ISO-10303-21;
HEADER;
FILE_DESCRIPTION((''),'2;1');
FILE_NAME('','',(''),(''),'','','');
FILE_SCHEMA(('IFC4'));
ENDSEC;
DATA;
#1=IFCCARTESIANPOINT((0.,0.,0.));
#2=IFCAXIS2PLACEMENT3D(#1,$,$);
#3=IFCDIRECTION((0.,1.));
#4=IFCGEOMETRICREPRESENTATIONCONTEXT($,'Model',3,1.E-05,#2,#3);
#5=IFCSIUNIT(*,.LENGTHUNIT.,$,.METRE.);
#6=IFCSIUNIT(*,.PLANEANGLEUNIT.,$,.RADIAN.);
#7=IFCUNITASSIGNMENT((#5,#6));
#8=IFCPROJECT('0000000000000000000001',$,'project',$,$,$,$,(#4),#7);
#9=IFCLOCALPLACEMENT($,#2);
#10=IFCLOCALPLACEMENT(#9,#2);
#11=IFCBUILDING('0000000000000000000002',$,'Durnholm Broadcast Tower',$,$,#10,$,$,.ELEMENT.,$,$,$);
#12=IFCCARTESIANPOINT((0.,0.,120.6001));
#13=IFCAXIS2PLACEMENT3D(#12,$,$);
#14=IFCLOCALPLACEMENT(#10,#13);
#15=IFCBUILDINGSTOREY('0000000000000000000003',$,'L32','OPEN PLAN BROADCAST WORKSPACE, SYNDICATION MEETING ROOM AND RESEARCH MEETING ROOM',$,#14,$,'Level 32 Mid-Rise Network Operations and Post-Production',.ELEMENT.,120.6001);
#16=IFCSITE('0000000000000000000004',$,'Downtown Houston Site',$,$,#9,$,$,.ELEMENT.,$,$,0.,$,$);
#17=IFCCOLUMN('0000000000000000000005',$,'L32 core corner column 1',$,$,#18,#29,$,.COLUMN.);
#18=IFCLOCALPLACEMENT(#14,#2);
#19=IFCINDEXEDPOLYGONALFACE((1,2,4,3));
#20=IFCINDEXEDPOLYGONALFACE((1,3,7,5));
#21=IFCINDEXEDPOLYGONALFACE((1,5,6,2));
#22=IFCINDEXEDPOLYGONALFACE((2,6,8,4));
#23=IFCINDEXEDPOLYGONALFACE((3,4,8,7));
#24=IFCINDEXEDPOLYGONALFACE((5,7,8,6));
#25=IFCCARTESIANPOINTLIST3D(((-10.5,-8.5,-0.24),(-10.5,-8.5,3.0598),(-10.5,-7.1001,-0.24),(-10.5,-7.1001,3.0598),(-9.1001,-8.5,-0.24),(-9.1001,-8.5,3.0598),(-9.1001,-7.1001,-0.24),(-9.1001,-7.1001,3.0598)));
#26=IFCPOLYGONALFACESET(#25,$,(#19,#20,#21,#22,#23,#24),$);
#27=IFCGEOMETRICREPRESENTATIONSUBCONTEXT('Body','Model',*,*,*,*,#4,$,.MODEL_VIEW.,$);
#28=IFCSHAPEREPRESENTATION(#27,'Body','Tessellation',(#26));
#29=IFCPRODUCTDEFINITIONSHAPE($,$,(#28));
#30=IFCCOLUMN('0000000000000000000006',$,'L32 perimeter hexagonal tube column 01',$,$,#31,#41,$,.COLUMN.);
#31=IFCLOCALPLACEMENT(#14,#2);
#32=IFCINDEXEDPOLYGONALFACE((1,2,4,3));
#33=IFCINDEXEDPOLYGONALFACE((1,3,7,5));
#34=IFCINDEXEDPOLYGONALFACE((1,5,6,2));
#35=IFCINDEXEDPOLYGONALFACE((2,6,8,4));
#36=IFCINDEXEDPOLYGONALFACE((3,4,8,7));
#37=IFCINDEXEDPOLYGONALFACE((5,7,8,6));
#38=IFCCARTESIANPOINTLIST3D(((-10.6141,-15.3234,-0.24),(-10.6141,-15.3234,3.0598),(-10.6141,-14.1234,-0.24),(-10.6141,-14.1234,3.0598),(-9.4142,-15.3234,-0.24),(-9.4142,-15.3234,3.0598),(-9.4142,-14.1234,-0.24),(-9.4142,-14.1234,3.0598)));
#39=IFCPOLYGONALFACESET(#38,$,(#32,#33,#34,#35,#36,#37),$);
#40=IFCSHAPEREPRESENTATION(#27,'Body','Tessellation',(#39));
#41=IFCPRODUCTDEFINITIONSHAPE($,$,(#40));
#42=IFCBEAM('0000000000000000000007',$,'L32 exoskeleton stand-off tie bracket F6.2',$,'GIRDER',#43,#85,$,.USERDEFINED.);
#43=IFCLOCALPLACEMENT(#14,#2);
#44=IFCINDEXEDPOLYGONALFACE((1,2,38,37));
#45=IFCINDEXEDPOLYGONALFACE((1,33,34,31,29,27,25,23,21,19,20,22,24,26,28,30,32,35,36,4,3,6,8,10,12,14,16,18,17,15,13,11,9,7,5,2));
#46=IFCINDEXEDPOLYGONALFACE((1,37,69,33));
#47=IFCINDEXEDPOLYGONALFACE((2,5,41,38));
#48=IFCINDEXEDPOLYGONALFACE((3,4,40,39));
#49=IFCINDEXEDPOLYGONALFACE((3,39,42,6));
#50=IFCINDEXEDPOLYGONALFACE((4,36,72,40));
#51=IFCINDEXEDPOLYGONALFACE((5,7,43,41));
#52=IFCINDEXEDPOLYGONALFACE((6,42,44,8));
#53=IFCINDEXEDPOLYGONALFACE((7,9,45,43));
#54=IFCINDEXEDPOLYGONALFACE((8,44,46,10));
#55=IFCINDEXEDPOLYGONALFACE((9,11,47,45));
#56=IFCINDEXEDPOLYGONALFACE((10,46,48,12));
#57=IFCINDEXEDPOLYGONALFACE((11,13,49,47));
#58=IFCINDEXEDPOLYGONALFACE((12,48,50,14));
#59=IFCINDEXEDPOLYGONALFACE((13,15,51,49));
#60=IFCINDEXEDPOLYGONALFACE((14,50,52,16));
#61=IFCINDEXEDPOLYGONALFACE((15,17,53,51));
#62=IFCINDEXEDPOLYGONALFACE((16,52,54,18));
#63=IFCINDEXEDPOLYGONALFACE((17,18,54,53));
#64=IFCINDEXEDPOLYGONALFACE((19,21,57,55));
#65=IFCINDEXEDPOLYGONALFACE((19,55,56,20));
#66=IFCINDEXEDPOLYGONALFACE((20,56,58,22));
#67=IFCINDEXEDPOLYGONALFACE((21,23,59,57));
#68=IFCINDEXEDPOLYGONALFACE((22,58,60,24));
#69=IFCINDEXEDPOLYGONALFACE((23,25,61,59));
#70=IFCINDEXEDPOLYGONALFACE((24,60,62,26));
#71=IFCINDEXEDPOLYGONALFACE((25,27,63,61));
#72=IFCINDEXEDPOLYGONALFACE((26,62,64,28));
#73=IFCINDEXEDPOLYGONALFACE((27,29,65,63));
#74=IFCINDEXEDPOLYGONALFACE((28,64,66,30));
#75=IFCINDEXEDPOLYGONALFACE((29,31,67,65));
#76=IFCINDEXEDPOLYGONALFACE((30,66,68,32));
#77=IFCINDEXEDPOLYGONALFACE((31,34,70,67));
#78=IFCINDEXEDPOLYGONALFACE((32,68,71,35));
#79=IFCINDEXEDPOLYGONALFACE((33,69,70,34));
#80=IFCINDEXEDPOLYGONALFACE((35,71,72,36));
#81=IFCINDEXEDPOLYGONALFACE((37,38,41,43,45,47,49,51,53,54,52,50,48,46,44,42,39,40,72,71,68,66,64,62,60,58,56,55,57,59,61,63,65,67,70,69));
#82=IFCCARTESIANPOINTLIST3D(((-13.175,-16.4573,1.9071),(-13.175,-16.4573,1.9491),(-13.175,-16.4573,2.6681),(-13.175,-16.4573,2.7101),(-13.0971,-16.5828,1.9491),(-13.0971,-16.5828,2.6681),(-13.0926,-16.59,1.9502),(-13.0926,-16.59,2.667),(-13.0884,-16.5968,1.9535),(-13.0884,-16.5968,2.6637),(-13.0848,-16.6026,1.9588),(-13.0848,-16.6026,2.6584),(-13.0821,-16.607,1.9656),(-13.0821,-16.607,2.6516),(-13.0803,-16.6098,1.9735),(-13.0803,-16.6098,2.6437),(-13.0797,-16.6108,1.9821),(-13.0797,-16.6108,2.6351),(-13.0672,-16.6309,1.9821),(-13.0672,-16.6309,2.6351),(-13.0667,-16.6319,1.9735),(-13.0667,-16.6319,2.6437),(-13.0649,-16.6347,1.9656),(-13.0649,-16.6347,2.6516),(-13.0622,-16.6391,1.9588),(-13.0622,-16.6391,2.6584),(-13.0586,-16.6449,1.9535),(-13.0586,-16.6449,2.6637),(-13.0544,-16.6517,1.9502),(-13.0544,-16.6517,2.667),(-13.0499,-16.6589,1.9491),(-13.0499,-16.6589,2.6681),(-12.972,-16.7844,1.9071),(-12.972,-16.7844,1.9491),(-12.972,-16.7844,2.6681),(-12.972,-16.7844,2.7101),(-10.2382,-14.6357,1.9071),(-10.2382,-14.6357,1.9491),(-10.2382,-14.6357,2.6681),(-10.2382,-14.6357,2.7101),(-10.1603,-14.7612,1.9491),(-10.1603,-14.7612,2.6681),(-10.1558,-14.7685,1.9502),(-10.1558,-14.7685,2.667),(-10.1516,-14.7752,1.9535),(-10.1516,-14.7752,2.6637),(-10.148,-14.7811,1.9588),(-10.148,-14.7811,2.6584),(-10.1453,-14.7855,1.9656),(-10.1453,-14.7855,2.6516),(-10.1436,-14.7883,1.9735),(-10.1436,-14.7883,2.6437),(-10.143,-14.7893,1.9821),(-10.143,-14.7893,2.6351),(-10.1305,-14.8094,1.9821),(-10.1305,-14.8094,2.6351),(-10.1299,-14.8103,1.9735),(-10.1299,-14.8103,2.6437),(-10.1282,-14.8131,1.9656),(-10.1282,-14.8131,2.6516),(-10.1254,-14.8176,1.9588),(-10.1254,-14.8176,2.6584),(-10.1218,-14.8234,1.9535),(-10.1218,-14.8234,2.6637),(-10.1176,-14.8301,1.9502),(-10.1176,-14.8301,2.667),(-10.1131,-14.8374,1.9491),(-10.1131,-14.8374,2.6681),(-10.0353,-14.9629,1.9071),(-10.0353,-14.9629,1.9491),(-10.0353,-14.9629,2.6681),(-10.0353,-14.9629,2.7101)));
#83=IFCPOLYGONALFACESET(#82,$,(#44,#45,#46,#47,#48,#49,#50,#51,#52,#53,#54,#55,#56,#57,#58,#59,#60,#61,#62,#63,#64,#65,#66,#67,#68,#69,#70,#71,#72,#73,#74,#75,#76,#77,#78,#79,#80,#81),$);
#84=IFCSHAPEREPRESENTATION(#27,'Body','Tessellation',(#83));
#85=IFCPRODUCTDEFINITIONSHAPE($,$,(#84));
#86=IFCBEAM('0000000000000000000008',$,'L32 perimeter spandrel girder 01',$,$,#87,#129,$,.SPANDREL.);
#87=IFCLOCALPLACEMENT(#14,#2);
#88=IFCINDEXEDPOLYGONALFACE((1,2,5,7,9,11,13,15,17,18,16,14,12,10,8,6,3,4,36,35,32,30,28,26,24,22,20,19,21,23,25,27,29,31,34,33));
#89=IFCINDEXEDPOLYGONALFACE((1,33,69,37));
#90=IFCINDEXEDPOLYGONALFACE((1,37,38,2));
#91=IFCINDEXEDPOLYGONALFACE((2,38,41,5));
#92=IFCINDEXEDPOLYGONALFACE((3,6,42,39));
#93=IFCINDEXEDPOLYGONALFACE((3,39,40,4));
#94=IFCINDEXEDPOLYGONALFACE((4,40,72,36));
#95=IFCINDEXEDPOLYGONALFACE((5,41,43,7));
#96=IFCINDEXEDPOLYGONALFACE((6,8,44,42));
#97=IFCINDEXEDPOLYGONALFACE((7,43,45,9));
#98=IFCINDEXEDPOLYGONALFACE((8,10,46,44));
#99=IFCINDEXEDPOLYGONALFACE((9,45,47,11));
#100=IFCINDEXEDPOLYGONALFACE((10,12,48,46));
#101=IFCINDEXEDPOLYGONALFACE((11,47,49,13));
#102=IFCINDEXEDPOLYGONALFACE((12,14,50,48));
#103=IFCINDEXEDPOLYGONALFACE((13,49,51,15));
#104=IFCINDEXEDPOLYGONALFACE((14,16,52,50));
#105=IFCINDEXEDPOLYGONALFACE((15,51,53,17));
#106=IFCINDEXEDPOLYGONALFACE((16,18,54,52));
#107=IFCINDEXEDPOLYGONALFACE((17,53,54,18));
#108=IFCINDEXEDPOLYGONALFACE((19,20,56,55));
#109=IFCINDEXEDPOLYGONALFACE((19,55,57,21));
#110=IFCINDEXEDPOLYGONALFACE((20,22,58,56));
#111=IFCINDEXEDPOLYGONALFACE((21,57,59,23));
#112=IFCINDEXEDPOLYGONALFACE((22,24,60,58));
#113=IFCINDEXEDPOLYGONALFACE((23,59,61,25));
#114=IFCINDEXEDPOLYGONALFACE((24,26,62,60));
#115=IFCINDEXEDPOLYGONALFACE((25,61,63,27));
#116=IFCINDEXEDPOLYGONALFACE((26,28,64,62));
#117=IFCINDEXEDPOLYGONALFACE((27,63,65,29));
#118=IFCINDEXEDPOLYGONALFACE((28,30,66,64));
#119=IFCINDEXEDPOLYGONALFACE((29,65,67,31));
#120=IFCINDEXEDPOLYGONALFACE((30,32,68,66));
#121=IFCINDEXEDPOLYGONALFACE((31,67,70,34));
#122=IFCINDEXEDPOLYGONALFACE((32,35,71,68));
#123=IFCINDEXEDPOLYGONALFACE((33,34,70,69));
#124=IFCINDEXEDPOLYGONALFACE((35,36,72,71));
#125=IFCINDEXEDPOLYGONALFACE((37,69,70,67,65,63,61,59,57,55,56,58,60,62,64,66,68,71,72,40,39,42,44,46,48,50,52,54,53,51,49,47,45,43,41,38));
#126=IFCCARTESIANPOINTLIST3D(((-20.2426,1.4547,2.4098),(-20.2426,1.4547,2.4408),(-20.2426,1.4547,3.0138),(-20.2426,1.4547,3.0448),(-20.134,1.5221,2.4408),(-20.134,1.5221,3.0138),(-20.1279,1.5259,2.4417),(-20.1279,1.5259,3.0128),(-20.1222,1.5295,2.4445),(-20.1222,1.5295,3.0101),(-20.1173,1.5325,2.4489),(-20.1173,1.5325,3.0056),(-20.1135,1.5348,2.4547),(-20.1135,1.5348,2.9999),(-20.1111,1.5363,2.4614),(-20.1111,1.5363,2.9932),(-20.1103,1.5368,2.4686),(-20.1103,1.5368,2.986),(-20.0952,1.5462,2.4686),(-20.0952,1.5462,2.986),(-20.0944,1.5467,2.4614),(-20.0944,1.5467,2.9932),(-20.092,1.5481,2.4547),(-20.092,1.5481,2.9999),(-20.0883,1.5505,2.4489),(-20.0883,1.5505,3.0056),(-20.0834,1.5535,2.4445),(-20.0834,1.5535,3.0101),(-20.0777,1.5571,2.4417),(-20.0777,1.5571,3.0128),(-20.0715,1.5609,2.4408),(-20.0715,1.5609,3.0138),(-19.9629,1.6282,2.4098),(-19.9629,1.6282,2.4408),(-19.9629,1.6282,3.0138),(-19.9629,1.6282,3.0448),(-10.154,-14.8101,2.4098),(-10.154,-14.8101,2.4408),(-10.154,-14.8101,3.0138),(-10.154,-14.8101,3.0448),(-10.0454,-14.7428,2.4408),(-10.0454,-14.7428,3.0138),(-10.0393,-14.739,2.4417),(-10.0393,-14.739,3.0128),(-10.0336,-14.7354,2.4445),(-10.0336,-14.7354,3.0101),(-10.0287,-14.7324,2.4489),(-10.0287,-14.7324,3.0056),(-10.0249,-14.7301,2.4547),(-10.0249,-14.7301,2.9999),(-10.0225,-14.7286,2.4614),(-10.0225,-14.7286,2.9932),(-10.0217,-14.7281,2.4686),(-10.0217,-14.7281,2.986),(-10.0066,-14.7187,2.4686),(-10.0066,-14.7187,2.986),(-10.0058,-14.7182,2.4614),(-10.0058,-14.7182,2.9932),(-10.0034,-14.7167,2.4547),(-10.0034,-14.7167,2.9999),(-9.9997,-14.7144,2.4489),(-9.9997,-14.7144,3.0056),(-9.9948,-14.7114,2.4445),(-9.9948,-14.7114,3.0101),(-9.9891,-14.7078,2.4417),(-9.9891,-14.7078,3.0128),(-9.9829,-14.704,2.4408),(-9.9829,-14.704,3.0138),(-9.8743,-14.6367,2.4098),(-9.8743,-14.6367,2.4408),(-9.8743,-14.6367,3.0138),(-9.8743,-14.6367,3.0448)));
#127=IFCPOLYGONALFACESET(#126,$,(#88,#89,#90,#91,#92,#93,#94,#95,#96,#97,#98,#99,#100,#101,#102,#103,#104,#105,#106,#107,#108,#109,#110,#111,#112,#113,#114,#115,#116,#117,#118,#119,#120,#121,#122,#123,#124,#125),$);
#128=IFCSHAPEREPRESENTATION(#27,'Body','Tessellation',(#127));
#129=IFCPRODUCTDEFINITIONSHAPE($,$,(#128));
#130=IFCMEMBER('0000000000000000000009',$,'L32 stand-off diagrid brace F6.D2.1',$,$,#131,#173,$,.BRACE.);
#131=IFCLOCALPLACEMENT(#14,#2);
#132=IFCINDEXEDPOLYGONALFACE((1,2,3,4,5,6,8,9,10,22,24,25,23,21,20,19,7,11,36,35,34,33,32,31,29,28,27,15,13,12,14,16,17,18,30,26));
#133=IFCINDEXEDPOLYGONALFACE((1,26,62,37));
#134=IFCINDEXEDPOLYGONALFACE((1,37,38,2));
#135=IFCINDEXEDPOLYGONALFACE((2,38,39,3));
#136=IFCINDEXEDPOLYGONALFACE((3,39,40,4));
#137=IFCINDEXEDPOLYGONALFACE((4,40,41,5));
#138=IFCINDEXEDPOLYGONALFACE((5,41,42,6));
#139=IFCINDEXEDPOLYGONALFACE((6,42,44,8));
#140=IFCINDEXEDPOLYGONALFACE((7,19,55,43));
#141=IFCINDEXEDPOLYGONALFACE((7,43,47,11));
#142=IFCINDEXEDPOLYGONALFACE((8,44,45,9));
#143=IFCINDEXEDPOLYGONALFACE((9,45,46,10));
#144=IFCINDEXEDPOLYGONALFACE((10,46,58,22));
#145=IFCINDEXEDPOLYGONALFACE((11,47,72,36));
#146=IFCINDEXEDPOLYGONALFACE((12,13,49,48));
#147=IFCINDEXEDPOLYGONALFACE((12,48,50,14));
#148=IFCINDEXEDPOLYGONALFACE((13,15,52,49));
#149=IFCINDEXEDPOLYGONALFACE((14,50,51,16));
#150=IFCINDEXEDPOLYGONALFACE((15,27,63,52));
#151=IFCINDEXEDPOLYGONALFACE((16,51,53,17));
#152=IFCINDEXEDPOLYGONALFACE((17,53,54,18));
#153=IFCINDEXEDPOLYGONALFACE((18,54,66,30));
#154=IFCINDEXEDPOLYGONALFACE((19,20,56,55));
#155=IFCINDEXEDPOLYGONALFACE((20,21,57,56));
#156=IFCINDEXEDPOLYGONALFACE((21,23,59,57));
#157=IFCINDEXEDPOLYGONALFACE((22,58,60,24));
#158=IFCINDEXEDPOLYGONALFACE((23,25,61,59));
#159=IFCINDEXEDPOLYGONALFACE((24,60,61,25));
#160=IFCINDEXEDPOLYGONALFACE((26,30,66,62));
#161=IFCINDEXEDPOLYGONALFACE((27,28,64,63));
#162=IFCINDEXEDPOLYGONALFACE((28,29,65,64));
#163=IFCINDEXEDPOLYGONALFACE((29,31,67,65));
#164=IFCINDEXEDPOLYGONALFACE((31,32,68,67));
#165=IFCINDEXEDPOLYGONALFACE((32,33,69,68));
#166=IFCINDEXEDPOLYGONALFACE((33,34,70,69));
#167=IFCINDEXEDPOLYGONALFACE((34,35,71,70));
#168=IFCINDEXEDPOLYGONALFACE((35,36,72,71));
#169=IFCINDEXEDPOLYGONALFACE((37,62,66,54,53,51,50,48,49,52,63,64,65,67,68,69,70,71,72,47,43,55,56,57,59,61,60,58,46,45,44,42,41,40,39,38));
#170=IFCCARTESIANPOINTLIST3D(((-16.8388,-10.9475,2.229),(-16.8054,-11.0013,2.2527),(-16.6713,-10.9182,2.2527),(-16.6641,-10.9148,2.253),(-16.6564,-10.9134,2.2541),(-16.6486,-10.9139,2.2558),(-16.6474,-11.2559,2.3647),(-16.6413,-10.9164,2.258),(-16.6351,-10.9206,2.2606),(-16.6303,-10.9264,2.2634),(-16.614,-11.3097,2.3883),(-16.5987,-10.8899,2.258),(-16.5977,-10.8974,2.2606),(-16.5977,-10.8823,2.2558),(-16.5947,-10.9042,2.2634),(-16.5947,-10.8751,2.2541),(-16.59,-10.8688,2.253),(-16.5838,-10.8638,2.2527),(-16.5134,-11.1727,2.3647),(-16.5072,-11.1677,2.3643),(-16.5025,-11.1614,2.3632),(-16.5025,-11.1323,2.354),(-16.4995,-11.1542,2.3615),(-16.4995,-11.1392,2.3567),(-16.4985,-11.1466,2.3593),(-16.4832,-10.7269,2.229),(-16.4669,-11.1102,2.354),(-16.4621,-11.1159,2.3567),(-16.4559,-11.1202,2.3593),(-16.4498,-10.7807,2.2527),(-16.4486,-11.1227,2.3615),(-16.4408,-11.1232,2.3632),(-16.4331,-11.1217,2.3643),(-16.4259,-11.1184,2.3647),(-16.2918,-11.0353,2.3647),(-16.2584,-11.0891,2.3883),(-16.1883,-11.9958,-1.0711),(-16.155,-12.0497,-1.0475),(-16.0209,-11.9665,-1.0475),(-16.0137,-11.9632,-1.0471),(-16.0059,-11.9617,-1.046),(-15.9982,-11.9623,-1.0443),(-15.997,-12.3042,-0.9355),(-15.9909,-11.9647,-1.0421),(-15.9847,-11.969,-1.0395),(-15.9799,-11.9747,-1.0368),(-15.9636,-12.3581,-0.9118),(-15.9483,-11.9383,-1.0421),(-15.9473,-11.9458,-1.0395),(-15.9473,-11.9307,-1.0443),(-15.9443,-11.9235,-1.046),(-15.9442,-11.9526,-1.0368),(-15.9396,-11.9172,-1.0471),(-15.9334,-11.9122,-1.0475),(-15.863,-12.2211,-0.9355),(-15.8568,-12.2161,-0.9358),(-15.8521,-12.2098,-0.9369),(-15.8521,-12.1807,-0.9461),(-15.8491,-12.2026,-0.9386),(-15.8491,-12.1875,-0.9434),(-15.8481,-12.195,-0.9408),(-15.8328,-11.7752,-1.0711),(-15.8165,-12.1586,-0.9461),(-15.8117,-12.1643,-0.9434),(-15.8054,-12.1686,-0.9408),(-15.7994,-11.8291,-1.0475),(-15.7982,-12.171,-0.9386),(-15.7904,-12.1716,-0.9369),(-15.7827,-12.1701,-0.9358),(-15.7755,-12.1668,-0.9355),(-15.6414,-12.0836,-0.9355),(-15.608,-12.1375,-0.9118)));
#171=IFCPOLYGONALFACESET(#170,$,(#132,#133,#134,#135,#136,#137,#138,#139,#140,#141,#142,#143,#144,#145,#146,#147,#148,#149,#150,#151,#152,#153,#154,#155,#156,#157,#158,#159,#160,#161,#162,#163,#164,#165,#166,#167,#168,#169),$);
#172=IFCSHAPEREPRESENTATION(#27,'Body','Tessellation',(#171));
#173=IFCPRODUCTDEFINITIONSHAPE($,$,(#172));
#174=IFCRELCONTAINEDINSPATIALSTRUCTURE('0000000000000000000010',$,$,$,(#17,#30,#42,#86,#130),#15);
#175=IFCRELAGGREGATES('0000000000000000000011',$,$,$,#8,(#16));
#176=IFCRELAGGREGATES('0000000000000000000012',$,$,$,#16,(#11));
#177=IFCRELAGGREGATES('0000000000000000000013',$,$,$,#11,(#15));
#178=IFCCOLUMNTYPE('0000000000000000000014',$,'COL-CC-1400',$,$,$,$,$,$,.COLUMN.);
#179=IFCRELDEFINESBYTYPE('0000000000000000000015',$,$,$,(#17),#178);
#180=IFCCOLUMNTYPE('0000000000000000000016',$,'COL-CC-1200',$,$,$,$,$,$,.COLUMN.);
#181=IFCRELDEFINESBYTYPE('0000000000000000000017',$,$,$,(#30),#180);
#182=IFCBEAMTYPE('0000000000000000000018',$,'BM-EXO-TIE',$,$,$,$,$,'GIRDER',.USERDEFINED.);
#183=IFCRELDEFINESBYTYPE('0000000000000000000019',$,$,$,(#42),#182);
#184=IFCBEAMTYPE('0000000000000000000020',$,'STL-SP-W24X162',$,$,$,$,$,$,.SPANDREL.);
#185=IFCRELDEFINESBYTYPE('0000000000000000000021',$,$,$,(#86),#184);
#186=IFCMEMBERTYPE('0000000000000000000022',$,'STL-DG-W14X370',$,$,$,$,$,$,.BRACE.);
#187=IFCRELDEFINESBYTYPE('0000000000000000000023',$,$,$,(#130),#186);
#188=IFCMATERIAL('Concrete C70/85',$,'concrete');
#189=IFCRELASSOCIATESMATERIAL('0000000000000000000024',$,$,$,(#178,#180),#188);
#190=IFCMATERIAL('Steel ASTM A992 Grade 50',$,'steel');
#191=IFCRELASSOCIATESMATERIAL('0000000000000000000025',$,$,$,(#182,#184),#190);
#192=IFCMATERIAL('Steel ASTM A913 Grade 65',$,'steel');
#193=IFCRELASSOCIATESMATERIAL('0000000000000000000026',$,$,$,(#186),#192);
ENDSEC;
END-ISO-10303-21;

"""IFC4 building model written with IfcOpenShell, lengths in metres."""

from ifc_helpers import new_model, si_unit, direction, frame, origin, origin_2d, place, context, subcontext, project, spatial, rectangle, i_section, extrude, source, transform, mapped, material, material_profile, profile_set, type_object, type_shapes, element, save


model = new_model("IFC4")

# Units and contexts
model_context = context("Model", 3, precision=1e-05, world=origin(), true_north=direction((0.0, 1.0)))
body_context = subcontext(model_context, "Body", "Model", "MODEL_VIEW")
ifc_project = project(units=[si_unit("LENGTHUNIT", "METRE"), si_unit("PLANEANGLEUNIT", "RADIAN")], contexts=[model_context])

# Site, building, storey
site_placement = place(None, origin())
site = spatial("IfcSite", under=ifc_project, at=site_placement, Name="Downtown Houston Site", CompositionType="ELEMENT", RefElevation=0.0)
building_placement = place(site_placement, origin())
building = spatial("IfcBuilding", under=site, at=building_placement, Name="Durnholm Broadcast Tower", CompositionType="ELEMENT")
storey_placement = place(building_placement, frame((0.0, 0.0, 120.6001)))
storey = spatial("IfcBuildingStorey", under=building, at=storey_placement, Name="L32", Description="OPEN PLAN BROADCAST WORKSPACE, SYNDICATION MEETING ROOM AND RESEARCH MEETING ROOM", LongName="Level 32 Mid-Rise Network Operations and Post-Production", CompositionType="ELEMENT", Elevation=120.6001)

# Columns
ifc_material_1 = material(Name="Concrete C70/85", Category="concrete")
ifc_material_profile_1 = material_profile(ifc_material_1, rectangle(XDim=1.3999, YDim=1.3999, at=origin_2d()), Name="RC1400X1400")
ifc_profile_set_1 = profile_set([ifc_material_profile_1], Name="Concrete C70/85")
column_type_1 = type_object("IfcColumnType", Name="COL-CC-1400", PredefinedType="COLUMN", material=ifc_profile_set_1)
shared_shape_1 = source(origin(), body_context, "Body", "SweptSolid", [
    extrude(rectangle(XDim=1.3999, YDim=1.3999, at=origin_2d()), origin(), (0.0, 0.0, 1.0), 3.2998),
])
type_shapes(column_type_1, [shared_shape_1])
column_1_placement = place(storey_placement, frame((-9.8, -7.8, -0.24), z_axis=(0.0, 0.0, 1.0), x_axis=(1.0, 0.0, 0.0)))
element("IfcColumn", 1, at=column_1_placement, inside=storey, type_object=column_type_1, Name="L32 core corner column 1", PredefinedType="COLUMN", context=body_context, shape_type="MappedRepresentation", body=[
    mapped(shared_shape_1, transform((0.0, 0.0, 0.0), x_axis=(1.0, 0.0, 0.0), y_axis=(0.0, 1.0, 0.0), z_axis=(0.0, 0.0, 1.0), scale=1.0)),
])
ifc_material_profile_2 = material_profile(ifc_material_1, rectangle(XDim=1.2, YDim=1.2, at=origin_2d()), Name="RC1200X1200")
ifc_profile_set_2 = profile_set([ifc_material_profile_2], Name="Concrete C70/85")
column_type_2 = type_object("IfcColumnType", Name="COL-CC-1200", PredefinedType="COLUMN", material=ifc_profile_set_2)
shared_shape_2 = source(origin(), body_context, "Body", "SweptSolid", [
    extrude(rectangle(XDim=1.2, YDim=1.2, at=origin_2d()), origin(), (0.0, 0.0, 1.0), 3.2998),
])
type_shapes(column_type_2, [shared_shape_2])
column_2_placement = place(storey_placement, frame((-10.0142, -14.7234, -0.24), z_axis=(0.0, 0.0, 1.0), x_axis=(1.0, 0.0, 0.0)))
element("IfcColumn", 2, at=column_2_placement, inside=storey, type_object=column_type_2, Name="L32 perimeter hexagonal tube column 01", PredefinedType="COLUMN", context=body_context, shape_type="MappedRepresentation", body=[
    mapped(shared_shape_2, transform((0.0, 0.0, 0.0), x_axis=(1.0, 0.0, 0.0), y_axis=(0.0, 1.0, 0.0), z_axis=(0.0, 0.0, 1.0), scale=1.0)),
])

# Beams
ifc_material_2 = material(Name="Steel ASTM A992 Grade 50", Category="steel")
ifc_material_profile_3 = material_profile(ifc_material_2, i_section(OverallWidth=0.385, OverallDepth=0.803, WebThickness=0.0237, FlangeThickness=0.042, FilletRadius=0.033, at=origin_2d()), Name="W30X261")
ifc_profile_set_3 = profile_set([ifc_material_profile_3], Name="Steel ASTM A992 Grade 50")
beam_type_1 = type_object("IfcBeamType", Name="BM-EXO-TIE", ElementType="GIRDER", PredefinedType="USERDEFINED", material=ifc_profile_set_3)
shared_shape_3 = source(origin(), body_context, "Body", "SweptSolid", [
    extrude(i_section(OverallWidth=0.385, OverallDepth=0.803, WebThickness=0.0237, FlangeThickness=0.042, FilletRadius=0.033, at=origin_2d()), origin(), (0.0, 0.0, 1.0), 3.4558),
])
type_shapes(beam_type_1, [shared_shape_3])
beam_1_placement = place(storey_placement, frame((-10.1367, -14.7993, 2.3086), z_axis=(-0.849807, -0.527094, 0.0), x_axis=(0.527094, -0.849807, 0.0)))
element("IfcBeam", 3, at=beam_1_placement, inside=storey, type_object=beam_type_1, Name="L32 exoskeleton stand-off tie bracket F6.2", ObjectType="GIRDER", PredefinedType="USERDEFINED", context=body_context, shape_type="MappedRepresentation", body=[
    mapped(shared_shape_3, transform((0.0, 0.0, 0.0), x_axis=(1.0, 0.0, 0.0), y_axis=(0.0, 1.0, 0.0), z_axis=(0.0, 0.0, 1.0), scale=1.0)),
])
ifc_material_profile_4 = material_profile(ifc_material_2, i_section(OverallWidth=0.3291, OverallDepth=0.635, WebThickness=0.0178, FlangeThickness=0.031, FilletRadius=0.0278, at=origin_2d()), Name="W24X162")
ifc_profile_set_4 = profile_set([ifc_material_profile_4], Name="Steel ASTM A992 Grade 50")
beam_type_2 = type_object("IfcBeamType", Name="STL-SP-W24X162", PredefinedType="SPANDREL", material=ifc_profile_set_4)
shared_shape_4 = source(origin(), body_context, "Body", "SweptSolid", [
    extrude(i_section(OverallWidth=0.3291, OverallDepth=0.635, WebThickness=0.0178, FlangeThickness=0.031, FilletRadius=0.0278, at=origin_2d()), origin(), (0.0, 0.0, 1.0), 19.1396),
])
type_shapes(beam_type_2, [shared_shape_4])
beam_2_placement = place(storey_placement, frame((-10.0142, -14.7234, 2.7273), z_axis=(-0.527105, 0.8498, 0.0), x_axis=(-0.8498, -0.527105, 0.0)))
element("IfcBeam", 4, at=beam_2_placement, inside=storey, type_object=beam_type_2, Name="L32 perimeter spandrel girder 01", PredefinedType="SPANDREL", context=body_context, shape_type="MappedRepresentation", body=[
    mapped(shared_shape_4, transform((0.0, 0.0, 0.0), x_axis=(1.0, 0.0, 0.0), y_axis=(0.0, 1.0, 0.0), z_axis=(0.0, 0.0, 1.0), scale=1.0)),
])

# Member
ifc_material_3 = material(Name="Steel ASTM A913 Grade 65", Category="steel")
ifc_material_profile_5 = material_profile(ifc_material_3, i_section(OverallWidth=0.4185, OverallDepth=0.4551, WebThickness=0.042, FlangeThickness=0.0676, FilletRadius=0.0305, at=origin_2d()), Name="W14X370")
ifc_profile_set_5 = profile_set([ifc_material_profile_5], Name="Steel ASTM A913 Grade 65")
member_type_1 = type_object("IfcMemberType", Name="STL-DG-W14X370", PredefinedType="BRACE", material=ifc_profile_set_5)
shared_shape_5 = source(origin(), body_context, "Body", "SweptSolid", [
    extrude(i_section(OverallWidth=0.4185, OverallDepth=0.4551, WebThickness=0.042, FlangeThickness=0.0676, FilletRadius=0.0305, at=origin_2d()), origin(), (0.0, 0.0, 1.0), 3.5232),
])
type_shapes(member_type_1, [shared_shape_5])
for number, where, z_axis, x_axis, name in (
    (5, (-15.8982, -12.0667, -0.9915), (-0.184607, 0.29756, 0.936685), (-0.84975, -0.527186, 0.0), "L32 stand-off diagrid brace F6.D2.1"),
):
    element("IfcMember", number, at=place(storey_placement, frame(where, z_axis=z_axis, x_axis=x_axis)), inside=storey, type_object=member_type_1, Name=name, PredefinedType="BRACE", context=body_context, shape_type="MappedRepresentation", body=[
        mapped(shared_shape_5, transform((0.0, 0.0, 0.0), x_axis=(1.0, 0.0, 0.0), y_axis=(0.0, 1.0, 0.0), z_axis=(0.0, 0.0, 1.0), scale=1.0)),
    ])

save(model, "model.ifc")
